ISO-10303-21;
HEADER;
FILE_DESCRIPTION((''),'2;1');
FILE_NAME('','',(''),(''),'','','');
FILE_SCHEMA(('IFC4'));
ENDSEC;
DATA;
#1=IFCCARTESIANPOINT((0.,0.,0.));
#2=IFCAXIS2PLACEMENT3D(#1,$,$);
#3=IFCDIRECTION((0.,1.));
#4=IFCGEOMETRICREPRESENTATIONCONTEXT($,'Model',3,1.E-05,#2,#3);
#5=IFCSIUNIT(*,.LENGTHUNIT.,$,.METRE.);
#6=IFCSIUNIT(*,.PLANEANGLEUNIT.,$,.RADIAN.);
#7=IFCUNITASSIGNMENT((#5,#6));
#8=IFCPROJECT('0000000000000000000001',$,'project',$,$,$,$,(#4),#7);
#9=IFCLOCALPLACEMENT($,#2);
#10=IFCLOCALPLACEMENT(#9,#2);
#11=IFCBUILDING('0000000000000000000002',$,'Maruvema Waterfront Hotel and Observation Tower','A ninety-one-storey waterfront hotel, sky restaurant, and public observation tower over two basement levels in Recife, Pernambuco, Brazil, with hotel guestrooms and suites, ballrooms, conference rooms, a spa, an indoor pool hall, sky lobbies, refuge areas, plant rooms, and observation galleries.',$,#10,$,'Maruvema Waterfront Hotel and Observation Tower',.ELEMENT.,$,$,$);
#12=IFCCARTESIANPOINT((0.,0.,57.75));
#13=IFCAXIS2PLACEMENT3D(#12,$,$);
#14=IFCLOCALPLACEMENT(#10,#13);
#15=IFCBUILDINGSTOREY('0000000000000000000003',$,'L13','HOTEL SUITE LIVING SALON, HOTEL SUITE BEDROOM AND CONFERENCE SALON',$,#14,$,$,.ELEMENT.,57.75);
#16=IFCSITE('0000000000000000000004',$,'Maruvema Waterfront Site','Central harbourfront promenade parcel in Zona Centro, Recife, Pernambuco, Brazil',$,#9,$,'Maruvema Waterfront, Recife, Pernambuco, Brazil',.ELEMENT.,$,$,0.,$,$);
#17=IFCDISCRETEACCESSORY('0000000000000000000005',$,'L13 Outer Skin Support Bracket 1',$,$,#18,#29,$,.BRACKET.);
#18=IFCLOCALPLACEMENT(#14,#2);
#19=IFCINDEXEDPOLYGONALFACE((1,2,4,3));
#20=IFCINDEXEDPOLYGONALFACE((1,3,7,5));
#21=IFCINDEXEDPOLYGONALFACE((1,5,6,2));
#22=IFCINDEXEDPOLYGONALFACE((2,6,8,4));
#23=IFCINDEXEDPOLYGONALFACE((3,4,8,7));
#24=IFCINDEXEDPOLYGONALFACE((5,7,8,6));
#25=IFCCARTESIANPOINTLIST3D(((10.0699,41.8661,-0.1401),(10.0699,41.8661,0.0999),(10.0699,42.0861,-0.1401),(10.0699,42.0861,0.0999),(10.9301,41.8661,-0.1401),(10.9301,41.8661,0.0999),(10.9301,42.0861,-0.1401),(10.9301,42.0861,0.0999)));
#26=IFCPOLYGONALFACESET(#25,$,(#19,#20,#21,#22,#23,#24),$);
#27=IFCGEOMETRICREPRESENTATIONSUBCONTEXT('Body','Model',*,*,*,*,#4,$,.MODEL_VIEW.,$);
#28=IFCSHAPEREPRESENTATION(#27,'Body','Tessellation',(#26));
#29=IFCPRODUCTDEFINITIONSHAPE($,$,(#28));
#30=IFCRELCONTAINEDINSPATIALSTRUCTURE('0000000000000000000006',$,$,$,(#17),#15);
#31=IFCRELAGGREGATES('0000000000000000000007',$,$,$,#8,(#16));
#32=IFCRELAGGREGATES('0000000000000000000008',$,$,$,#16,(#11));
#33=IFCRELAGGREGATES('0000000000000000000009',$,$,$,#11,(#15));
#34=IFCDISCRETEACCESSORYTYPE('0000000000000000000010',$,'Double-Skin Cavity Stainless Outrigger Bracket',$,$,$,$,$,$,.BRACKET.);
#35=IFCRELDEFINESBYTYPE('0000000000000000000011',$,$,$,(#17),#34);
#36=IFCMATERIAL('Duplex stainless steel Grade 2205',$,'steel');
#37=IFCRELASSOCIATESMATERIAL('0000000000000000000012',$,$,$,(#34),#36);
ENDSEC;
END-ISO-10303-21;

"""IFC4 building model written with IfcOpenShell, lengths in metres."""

from ifc_helpers import new_model, si_unit, direction, frame, origin, origin_2d, place, context, subcontext, project, spatial, rectangle, extrude, material, type_object, element, save


model = new_model("IFC4")

# Units and contexts
model_context = context("Model", 3, precision=1e-05, world=origin(), true_north=direction((0.0, 1.0)))
body_context = subcontext(model_context, "Body", "Model", "MODEL_VIEW")
ifc_project = project(units=[si_unit("LENGTHUNIT", "METRE"), si_unit("PLANEANGLEUNIT", "RADIAN")], contexts=[model_context])

# Site, building, storey
site_placement = place(None, origin())
site = spatial("IfcSite", under=ifc_project, at=site_placement, Name="Maruvema Waterfront Site", Description="Central harbourfront promenade parcel in Zona Centro, Recife, Pernambuco, Brazil", LongName="Maruvema Waterfront, Recife, Pernambuco, Brazil", CompositionType="ELEMENT", RefElevation=0.0)
building_placement = place(site_placement, origin())
building = spatial("IfcBuilding", under=site, at=building_placement, Name="Maruvema Waterfront Hotel and Observation Tower", Description="A ninety-one-storey waterfront hotel, sky restaurant, and public observation tower over two basement levels in Recife, Pernambuco, Brazil, with hotel guestrooms and suites, ballrooms, conference rooms, a spa, an indoor pool hall, sky lobbies, refuge areas, plant rooms, and observation galleries.", LongName="Maruvema Waterfront Hotel and Observation Tower", CompositionType="ELEMENT")
storey_placement = place(building_placement, frame((0.0, 0.0, 57.75)))
storey = spatial("IfcBuildingStorey", under=building, at=storey_placement, Name="L13", Description="HOTEL SUITE LIVING SALON, HOTEL SUITE BEDROOM AND CONFERENCE SALON", CompositionType="ELEMENT", Elevation=57.75)

# Discrete accessory
ifc_material_1 = material(Name="Duplex stainless steel Grade 2205", Category="steel")
discrete_accessory_type = type_object("IfcDiscreteAccessoryType", Name="Double-Skin Cavity Stainless Outrigger Bracket", PredefinedType="BRACKET", material=ifc_material_1)
discrete_accessory_placement = place(storey_placement, frame((10.5, 41.9761, -0.1401), z_axis=(0.0, 0.0, 1.0), x_axis=(0.0, -1.0, 0.0)))
element("IfcDiscreteAccessory", 1, at=discrete_accessory_placement, inside=storey, type_object=discrete_accessory_type, Name="L13 Outer Skin Support Bracket 1", PredefinedType="BRACKET", context=body_context, shape_type="SweptSolid", body=[
    extrude(rectangle(XDim=0.22, YDim=0.8601, at=origin_2d()), origin(), (0.0, 0.0, 1.0), 0.24),
])

save(model, "model.ifc")
